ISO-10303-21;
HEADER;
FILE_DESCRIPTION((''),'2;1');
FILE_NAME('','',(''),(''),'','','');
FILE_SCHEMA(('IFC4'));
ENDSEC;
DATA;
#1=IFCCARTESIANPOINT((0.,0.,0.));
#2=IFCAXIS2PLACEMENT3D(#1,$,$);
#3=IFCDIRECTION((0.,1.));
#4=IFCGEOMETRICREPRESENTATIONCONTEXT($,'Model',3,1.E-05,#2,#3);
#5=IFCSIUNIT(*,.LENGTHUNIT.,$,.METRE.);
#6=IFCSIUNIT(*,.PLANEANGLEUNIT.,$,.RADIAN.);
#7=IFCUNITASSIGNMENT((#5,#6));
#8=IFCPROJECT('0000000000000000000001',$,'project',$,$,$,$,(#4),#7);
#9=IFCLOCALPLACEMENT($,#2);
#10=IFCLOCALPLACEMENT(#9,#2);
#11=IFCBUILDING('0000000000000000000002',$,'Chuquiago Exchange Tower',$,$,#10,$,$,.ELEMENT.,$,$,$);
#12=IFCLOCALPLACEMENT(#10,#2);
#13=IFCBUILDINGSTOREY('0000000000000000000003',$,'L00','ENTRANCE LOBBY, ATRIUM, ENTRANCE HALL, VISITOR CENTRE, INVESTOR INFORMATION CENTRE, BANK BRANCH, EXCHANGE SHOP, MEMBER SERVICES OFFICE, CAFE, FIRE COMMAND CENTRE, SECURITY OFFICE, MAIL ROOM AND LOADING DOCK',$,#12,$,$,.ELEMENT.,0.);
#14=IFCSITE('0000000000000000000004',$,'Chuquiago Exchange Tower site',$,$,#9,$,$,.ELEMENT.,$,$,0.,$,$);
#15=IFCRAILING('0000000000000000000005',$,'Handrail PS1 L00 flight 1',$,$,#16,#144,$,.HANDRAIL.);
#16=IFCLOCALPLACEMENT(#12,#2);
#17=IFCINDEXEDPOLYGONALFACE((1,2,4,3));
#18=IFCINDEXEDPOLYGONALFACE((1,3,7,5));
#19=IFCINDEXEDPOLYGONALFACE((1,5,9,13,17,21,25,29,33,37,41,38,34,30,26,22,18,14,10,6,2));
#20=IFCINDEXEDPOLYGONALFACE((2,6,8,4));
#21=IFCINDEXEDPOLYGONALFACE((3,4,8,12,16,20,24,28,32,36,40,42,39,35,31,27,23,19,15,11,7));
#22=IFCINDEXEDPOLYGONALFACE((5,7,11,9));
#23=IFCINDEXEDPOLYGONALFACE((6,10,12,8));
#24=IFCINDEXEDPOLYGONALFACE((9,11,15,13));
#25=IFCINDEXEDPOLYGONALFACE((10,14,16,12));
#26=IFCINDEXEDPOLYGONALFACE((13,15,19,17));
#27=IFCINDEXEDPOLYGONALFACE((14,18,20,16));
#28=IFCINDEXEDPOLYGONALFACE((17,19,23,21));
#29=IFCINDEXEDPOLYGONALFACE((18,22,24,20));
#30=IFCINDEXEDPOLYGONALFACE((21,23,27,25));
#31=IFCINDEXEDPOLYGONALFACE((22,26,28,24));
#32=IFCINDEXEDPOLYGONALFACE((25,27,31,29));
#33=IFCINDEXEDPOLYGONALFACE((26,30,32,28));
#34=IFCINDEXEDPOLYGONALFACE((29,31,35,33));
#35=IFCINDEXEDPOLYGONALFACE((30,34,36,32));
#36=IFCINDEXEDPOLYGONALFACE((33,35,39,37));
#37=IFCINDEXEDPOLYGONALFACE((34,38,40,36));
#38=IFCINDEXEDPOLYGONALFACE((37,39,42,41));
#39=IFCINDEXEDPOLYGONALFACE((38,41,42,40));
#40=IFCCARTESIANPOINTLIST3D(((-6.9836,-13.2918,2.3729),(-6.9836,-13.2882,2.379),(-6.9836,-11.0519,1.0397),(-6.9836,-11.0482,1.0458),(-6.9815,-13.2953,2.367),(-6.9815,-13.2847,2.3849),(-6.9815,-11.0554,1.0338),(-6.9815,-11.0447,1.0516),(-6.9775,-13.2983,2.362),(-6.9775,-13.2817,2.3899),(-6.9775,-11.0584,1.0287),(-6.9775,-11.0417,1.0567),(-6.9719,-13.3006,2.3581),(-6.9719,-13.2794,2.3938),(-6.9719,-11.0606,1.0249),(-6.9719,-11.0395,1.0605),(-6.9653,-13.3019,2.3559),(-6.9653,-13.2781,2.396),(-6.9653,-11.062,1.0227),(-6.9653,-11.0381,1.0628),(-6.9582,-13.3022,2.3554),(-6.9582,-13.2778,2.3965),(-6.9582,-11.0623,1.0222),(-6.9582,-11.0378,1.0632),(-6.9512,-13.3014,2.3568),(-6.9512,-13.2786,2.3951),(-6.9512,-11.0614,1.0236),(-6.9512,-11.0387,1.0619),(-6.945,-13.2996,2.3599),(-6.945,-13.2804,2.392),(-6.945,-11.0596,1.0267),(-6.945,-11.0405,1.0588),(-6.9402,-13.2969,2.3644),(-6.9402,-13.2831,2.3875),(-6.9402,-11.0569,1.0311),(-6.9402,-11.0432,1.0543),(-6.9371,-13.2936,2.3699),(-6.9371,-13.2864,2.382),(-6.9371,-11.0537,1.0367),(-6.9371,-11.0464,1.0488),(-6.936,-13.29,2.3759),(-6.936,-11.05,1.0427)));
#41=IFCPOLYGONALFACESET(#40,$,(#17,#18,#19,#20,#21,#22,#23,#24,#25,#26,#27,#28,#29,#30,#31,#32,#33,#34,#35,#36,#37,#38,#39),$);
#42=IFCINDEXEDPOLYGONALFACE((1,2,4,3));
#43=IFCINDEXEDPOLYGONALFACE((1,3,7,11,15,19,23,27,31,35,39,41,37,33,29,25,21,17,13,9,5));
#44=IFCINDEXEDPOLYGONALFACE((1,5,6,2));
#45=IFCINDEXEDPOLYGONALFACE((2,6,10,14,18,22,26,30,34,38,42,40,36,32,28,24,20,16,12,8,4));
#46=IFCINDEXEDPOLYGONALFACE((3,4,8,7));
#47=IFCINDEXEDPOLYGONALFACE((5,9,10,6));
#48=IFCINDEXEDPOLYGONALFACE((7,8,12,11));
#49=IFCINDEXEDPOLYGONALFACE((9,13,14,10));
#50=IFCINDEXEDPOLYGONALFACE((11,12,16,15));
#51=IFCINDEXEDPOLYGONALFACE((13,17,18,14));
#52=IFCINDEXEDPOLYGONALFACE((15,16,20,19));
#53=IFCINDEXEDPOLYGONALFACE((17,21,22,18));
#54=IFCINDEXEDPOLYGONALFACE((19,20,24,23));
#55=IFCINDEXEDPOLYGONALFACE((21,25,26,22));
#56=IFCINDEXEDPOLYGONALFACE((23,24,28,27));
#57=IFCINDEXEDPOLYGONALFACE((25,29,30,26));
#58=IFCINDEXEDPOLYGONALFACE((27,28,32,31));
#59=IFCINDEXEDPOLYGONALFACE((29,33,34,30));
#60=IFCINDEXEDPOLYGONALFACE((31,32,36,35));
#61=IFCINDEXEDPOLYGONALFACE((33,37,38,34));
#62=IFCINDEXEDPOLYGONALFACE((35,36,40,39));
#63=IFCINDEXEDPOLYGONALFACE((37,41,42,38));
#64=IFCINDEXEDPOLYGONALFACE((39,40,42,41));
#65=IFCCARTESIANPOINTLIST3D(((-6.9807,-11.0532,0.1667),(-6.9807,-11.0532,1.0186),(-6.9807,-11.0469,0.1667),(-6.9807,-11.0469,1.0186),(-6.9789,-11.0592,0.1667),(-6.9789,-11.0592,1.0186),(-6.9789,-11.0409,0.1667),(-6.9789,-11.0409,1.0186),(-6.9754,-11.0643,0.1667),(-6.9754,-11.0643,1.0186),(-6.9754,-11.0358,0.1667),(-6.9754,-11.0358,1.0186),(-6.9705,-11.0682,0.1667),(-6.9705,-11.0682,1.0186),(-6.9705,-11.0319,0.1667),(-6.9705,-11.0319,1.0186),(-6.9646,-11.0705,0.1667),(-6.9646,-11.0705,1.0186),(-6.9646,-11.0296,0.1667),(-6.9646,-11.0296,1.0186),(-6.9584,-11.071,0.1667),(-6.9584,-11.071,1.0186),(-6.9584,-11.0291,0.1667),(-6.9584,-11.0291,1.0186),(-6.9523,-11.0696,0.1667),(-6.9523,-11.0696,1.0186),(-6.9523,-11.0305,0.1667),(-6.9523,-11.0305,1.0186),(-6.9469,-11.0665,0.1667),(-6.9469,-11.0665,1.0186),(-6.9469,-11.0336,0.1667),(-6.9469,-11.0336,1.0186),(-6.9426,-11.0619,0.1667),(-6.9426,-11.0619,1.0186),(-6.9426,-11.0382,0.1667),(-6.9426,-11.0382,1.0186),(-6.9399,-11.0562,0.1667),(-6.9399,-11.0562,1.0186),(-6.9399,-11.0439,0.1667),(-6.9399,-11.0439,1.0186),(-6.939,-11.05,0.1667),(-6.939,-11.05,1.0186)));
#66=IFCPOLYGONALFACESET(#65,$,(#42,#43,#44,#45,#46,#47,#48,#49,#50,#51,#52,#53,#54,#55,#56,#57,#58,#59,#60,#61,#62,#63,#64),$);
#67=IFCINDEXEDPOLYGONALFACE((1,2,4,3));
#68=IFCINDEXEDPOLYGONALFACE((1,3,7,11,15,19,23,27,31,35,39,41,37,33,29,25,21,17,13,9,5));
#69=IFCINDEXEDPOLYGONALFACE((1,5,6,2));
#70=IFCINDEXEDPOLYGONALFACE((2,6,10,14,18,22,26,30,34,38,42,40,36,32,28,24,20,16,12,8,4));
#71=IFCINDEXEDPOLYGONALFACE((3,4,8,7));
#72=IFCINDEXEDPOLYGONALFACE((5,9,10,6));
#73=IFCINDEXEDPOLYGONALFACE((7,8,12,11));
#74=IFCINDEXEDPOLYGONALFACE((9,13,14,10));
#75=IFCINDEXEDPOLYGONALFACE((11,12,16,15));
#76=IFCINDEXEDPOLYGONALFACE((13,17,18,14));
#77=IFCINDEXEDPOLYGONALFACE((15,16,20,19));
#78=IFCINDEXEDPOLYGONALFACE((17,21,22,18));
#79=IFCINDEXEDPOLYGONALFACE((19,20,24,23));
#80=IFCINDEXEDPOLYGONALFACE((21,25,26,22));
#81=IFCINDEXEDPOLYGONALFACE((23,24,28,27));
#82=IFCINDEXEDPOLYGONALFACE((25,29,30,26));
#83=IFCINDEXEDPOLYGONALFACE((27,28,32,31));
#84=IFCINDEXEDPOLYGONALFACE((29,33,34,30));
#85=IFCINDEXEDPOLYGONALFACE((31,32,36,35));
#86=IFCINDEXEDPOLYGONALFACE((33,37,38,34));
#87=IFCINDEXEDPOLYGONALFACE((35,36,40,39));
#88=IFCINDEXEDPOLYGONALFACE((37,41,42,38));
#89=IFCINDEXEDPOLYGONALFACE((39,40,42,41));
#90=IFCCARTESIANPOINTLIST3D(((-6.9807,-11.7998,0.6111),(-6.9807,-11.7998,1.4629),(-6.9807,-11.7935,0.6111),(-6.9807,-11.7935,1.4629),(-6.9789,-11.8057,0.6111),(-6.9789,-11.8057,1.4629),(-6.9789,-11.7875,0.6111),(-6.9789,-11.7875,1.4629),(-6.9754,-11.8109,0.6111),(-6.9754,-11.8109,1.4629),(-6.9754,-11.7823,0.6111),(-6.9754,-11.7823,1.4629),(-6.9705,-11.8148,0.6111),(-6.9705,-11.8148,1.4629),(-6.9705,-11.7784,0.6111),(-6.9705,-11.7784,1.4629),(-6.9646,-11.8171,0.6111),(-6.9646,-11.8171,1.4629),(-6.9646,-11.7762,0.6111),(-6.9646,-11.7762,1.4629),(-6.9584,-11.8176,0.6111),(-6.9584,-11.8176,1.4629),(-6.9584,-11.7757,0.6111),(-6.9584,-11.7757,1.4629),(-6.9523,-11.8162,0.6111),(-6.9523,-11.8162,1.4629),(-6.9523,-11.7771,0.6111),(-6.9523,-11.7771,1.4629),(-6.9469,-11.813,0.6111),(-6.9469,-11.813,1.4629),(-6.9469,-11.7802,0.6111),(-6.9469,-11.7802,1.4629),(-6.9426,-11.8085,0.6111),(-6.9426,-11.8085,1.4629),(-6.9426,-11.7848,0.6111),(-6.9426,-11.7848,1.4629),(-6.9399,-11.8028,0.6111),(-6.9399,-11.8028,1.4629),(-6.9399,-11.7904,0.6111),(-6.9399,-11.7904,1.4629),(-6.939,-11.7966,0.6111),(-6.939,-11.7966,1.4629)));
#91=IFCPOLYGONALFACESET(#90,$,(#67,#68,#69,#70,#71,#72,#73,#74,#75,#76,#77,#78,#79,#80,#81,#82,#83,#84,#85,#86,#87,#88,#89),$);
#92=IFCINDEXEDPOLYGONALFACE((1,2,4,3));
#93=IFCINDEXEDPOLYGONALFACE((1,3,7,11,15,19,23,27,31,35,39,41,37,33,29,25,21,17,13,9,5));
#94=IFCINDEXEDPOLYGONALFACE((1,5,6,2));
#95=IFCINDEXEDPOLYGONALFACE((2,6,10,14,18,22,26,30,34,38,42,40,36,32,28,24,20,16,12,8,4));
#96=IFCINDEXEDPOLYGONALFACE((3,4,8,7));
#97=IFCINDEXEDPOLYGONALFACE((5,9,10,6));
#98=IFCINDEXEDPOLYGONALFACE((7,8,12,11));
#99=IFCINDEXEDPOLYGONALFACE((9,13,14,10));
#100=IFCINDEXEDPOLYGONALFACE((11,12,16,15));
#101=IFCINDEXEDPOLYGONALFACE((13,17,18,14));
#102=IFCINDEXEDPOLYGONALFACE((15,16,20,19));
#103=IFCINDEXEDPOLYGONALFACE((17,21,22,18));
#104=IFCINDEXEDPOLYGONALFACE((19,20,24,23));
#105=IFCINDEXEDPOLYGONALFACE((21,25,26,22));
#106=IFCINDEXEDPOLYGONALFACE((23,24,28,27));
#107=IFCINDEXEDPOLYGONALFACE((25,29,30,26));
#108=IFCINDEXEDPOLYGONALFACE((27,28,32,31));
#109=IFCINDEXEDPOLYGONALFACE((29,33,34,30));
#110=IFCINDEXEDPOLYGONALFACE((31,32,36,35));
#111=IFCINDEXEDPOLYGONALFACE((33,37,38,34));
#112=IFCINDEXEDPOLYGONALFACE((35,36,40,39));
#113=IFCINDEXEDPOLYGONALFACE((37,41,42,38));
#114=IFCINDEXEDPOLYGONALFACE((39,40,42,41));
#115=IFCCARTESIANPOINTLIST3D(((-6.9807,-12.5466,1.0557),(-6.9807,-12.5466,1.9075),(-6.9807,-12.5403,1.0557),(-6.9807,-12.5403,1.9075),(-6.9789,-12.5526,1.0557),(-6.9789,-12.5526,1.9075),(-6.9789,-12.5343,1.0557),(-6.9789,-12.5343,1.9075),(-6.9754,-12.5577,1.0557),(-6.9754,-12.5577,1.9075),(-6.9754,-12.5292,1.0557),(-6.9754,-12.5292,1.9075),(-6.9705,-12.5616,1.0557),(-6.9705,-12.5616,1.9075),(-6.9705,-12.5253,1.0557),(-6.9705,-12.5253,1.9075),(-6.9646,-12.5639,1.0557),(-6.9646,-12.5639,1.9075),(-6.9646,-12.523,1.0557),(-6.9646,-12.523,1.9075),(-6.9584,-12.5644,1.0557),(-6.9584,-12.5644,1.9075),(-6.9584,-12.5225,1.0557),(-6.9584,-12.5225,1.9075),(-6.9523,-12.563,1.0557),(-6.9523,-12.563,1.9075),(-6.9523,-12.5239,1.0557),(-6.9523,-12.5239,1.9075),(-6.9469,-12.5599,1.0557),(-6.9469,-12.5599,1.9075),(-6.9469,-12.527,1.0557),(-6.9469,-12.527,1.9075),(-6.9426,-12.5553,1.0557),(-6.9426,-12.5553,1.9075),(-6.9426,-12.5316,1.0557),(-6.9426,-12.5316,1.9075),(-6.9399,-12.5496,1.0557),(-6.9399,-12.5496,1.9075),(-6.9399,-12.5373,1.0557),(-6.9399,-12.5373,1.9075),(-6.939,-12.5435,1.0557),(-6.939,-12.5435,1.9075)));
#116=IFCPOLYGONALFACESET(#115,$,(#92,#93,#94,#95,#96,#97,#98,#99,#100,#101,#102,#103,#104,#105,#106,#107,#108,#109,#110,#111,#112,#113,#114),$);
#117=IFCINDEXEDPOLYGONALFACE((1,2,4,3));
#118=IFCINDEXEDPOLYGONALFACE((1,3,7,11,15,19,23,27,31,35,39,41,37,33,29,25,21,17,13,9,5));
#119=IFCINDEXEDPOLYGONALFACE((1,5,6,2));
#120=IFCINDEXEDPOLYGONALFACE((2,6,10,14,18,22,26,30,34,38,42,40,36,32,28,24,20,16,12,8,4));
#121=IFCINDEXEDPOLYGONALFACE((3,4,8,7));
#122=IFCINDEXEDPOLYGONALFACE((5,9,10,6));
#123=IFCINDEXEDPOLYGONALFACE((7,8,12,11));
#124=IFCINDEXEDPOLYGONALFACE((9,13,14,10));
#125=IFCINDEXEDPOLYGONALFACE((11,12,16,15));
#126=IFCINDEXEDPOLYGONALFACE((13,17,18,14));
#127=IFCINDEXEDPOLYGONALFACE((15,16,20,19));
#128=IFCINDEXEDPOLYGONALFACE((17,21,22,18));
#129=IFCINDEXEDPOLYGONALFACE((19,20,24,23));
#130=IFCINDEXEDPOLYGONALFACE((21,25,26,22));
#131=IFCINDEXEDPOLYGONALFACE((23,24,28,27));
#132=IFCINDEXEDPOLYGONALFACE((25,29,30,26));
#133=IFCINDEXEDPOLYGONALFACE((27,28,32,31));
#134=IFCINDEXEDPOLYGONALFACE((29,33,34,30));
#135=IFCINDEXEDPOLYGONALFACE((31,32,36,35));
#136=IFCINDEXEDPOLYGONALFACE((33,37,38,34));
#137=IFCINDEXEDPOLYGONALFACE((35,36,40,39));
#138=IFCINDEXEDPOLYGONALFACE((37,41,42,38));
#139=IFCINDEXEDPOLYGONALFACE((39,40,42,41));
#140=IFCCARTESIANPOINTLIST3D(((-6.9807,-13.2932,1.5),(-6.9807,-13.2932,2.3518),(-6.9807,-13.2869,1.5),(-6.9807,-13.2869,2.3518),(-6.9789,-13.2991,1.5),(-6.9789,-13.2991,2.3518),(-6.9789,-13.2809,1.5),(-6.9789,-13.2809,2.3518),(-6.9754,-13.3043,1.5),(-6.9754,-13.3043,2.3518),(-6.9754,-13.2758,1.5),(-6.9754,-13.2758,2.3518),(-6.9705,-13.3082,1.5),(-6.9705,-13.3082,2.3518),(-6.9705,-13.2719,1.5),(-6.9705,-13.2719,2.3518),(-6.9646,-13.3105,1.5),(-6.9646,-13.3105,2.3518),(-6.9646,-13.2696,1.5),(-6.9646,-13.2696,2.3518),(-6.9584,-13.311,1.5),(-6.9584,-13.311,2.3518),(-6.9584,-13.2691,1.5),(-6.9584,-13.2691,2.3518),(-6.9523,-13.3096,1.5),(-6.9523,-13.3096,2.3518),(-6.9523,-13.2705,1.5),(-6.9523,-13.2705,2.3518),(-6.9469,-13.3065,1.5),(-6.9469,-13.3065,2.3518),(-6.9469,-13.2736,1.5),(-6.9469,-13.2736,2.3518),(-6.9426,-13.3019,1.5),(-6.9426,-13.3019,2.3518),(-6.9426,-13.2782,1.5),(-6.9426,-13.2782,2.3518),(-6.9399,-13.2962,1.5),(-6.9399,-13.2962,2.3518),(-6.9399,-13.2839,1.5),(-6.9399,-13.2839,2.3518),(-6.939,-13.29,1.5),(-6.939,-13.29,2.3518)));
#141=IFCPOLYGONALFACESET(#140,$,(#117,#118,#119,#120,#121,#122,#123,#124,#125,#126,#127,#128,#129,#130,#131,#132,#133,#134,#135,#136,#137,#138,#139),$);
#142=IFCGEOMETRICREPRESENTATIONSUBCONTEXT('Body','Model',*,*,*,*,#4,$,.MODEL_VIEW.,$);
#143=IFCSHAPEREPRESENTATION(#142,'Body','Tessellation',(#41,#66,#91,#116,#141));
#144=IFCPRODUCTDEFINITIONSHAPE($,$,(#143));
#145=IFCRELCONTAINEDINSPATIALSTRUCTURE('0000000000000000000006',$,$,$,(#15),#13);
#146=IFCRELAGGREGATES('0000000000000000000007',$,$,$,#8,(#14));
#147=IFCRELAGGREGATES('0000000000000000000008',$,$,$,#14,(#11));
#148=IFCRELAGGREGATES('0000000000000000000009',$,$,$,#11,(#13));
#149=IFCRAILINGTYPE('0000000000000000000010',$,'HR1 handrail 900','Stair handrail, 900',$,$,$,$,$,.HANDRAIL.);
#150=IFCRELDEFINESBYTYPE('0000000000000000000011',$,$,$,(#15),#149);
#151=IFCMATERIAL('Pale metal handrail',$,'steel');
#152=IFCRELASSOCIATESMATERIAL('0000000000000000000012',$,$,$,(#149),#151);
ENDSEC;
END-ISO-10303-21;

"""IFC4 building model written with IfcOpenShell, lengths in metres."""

from ifc_helpers import new_model, si_unit, direction, frame, origin, origin_2d, place, context, subcontext, project, spatial, circle, extrude, material, type_object, element, save


model = new_model("IFC4")

# Units and contexts
model_context = context("Model", 3, precision=1e-05, world=origin(), true_north=direction((0.0, 1.0)))
body_context = subcontext(model_context, "Body", "Model", "MODEL_VIEW")
ifc_project = project(units=[si_unit("LENGTHUNIT", "METRE"), si_unit("PLANEANGLEUNIT", "RADIAN")], contexts=[model_context])

# Site, building, storey
site_placement = place(None, origin())
site = spatial("IfcSite", under=ifc_project, at=site_placement, Name="Chuquiago Exchange Tower site", CompositionType="ELEMENT", RefElevation=0.0)
building_placement = place(site_placement, origin())
building = spatial("IfcBuilding", under=site, at=building_placement, Name="Chuquiago Exchange Tower", CompositionType="ELEMENT")
storey_placement = place(building_placement, origin())
storey = spatial("IfcBuildingStorey", under=building, at=storey_placement, Name="L00", Description="ENTRANCE LOBBY, ATRIUM, ENTRANCE HALL, VISITOR CENTRE, INVESTOR INFORMATION CENTRE, BANK BRANCH, EXCHANGE SHOP, MEMBER SERVICES OFFICE, CAFE, FIRE COMMAND CENTRE, SECURITY OFFICE, MAIL ROOM AND LOADING DOCK", CompositionType="ELEMENT", Elevation=0.0)

# Railing
ifc_material_1 = material(Name="Pale metal handrail", Category="steel")
railing_type = type_object("IfcRailingType", Name="HR1 handrail 900", Description="Stair handrail, 900", PredefinedType="HANDRAIL", material=ifc_material_1)
for number, where, name in (
    (1, (-6.96, -11.05, 0.1667), "Handrail PS1 L00 flight 1"),
):
    element("IfcRailing", number, at=place(storey_placement, frame(where)), inside=storey, type_object=railing_type, Name=name, PredefinedType="HANDRAIL", context=body_context, shape_type="SweptSolid", body=[
        extrude(circle(Radius=0.0239, at=origin_2d()), frame((0.0, 0.0, 0.876), z_axis=(0.0, -0.859306, 0.511462), x_axis=(1.0, 0.0, 0.0)), (0.0, 0.0, 1.0), 2.6067),
        extrude(circle(Radius=0.021, at=origin_2d()), origin(), (0.0, 0.0, 1.0), 0.8518),
        extrude(circle(Radius=0.021, at=origin_2d()), frame((0.0, -0.7466, 0.4443)), (0.0, 0.0, 1.0), 0.8518),
        extrude(circle(Radius=0.021, at=origin_2d()), frame((0.0, -1.4934, 0.8889)), (0.0, 0.0, 1.0), 0.8518),
        extrude(circle(Radius=0.021, at=origin_2d()), frame((0.0, -2.24, 1.3333)), (0.0, 0.0, 1.0), 0.8518),
    ])

save(model, "model.ifc")
